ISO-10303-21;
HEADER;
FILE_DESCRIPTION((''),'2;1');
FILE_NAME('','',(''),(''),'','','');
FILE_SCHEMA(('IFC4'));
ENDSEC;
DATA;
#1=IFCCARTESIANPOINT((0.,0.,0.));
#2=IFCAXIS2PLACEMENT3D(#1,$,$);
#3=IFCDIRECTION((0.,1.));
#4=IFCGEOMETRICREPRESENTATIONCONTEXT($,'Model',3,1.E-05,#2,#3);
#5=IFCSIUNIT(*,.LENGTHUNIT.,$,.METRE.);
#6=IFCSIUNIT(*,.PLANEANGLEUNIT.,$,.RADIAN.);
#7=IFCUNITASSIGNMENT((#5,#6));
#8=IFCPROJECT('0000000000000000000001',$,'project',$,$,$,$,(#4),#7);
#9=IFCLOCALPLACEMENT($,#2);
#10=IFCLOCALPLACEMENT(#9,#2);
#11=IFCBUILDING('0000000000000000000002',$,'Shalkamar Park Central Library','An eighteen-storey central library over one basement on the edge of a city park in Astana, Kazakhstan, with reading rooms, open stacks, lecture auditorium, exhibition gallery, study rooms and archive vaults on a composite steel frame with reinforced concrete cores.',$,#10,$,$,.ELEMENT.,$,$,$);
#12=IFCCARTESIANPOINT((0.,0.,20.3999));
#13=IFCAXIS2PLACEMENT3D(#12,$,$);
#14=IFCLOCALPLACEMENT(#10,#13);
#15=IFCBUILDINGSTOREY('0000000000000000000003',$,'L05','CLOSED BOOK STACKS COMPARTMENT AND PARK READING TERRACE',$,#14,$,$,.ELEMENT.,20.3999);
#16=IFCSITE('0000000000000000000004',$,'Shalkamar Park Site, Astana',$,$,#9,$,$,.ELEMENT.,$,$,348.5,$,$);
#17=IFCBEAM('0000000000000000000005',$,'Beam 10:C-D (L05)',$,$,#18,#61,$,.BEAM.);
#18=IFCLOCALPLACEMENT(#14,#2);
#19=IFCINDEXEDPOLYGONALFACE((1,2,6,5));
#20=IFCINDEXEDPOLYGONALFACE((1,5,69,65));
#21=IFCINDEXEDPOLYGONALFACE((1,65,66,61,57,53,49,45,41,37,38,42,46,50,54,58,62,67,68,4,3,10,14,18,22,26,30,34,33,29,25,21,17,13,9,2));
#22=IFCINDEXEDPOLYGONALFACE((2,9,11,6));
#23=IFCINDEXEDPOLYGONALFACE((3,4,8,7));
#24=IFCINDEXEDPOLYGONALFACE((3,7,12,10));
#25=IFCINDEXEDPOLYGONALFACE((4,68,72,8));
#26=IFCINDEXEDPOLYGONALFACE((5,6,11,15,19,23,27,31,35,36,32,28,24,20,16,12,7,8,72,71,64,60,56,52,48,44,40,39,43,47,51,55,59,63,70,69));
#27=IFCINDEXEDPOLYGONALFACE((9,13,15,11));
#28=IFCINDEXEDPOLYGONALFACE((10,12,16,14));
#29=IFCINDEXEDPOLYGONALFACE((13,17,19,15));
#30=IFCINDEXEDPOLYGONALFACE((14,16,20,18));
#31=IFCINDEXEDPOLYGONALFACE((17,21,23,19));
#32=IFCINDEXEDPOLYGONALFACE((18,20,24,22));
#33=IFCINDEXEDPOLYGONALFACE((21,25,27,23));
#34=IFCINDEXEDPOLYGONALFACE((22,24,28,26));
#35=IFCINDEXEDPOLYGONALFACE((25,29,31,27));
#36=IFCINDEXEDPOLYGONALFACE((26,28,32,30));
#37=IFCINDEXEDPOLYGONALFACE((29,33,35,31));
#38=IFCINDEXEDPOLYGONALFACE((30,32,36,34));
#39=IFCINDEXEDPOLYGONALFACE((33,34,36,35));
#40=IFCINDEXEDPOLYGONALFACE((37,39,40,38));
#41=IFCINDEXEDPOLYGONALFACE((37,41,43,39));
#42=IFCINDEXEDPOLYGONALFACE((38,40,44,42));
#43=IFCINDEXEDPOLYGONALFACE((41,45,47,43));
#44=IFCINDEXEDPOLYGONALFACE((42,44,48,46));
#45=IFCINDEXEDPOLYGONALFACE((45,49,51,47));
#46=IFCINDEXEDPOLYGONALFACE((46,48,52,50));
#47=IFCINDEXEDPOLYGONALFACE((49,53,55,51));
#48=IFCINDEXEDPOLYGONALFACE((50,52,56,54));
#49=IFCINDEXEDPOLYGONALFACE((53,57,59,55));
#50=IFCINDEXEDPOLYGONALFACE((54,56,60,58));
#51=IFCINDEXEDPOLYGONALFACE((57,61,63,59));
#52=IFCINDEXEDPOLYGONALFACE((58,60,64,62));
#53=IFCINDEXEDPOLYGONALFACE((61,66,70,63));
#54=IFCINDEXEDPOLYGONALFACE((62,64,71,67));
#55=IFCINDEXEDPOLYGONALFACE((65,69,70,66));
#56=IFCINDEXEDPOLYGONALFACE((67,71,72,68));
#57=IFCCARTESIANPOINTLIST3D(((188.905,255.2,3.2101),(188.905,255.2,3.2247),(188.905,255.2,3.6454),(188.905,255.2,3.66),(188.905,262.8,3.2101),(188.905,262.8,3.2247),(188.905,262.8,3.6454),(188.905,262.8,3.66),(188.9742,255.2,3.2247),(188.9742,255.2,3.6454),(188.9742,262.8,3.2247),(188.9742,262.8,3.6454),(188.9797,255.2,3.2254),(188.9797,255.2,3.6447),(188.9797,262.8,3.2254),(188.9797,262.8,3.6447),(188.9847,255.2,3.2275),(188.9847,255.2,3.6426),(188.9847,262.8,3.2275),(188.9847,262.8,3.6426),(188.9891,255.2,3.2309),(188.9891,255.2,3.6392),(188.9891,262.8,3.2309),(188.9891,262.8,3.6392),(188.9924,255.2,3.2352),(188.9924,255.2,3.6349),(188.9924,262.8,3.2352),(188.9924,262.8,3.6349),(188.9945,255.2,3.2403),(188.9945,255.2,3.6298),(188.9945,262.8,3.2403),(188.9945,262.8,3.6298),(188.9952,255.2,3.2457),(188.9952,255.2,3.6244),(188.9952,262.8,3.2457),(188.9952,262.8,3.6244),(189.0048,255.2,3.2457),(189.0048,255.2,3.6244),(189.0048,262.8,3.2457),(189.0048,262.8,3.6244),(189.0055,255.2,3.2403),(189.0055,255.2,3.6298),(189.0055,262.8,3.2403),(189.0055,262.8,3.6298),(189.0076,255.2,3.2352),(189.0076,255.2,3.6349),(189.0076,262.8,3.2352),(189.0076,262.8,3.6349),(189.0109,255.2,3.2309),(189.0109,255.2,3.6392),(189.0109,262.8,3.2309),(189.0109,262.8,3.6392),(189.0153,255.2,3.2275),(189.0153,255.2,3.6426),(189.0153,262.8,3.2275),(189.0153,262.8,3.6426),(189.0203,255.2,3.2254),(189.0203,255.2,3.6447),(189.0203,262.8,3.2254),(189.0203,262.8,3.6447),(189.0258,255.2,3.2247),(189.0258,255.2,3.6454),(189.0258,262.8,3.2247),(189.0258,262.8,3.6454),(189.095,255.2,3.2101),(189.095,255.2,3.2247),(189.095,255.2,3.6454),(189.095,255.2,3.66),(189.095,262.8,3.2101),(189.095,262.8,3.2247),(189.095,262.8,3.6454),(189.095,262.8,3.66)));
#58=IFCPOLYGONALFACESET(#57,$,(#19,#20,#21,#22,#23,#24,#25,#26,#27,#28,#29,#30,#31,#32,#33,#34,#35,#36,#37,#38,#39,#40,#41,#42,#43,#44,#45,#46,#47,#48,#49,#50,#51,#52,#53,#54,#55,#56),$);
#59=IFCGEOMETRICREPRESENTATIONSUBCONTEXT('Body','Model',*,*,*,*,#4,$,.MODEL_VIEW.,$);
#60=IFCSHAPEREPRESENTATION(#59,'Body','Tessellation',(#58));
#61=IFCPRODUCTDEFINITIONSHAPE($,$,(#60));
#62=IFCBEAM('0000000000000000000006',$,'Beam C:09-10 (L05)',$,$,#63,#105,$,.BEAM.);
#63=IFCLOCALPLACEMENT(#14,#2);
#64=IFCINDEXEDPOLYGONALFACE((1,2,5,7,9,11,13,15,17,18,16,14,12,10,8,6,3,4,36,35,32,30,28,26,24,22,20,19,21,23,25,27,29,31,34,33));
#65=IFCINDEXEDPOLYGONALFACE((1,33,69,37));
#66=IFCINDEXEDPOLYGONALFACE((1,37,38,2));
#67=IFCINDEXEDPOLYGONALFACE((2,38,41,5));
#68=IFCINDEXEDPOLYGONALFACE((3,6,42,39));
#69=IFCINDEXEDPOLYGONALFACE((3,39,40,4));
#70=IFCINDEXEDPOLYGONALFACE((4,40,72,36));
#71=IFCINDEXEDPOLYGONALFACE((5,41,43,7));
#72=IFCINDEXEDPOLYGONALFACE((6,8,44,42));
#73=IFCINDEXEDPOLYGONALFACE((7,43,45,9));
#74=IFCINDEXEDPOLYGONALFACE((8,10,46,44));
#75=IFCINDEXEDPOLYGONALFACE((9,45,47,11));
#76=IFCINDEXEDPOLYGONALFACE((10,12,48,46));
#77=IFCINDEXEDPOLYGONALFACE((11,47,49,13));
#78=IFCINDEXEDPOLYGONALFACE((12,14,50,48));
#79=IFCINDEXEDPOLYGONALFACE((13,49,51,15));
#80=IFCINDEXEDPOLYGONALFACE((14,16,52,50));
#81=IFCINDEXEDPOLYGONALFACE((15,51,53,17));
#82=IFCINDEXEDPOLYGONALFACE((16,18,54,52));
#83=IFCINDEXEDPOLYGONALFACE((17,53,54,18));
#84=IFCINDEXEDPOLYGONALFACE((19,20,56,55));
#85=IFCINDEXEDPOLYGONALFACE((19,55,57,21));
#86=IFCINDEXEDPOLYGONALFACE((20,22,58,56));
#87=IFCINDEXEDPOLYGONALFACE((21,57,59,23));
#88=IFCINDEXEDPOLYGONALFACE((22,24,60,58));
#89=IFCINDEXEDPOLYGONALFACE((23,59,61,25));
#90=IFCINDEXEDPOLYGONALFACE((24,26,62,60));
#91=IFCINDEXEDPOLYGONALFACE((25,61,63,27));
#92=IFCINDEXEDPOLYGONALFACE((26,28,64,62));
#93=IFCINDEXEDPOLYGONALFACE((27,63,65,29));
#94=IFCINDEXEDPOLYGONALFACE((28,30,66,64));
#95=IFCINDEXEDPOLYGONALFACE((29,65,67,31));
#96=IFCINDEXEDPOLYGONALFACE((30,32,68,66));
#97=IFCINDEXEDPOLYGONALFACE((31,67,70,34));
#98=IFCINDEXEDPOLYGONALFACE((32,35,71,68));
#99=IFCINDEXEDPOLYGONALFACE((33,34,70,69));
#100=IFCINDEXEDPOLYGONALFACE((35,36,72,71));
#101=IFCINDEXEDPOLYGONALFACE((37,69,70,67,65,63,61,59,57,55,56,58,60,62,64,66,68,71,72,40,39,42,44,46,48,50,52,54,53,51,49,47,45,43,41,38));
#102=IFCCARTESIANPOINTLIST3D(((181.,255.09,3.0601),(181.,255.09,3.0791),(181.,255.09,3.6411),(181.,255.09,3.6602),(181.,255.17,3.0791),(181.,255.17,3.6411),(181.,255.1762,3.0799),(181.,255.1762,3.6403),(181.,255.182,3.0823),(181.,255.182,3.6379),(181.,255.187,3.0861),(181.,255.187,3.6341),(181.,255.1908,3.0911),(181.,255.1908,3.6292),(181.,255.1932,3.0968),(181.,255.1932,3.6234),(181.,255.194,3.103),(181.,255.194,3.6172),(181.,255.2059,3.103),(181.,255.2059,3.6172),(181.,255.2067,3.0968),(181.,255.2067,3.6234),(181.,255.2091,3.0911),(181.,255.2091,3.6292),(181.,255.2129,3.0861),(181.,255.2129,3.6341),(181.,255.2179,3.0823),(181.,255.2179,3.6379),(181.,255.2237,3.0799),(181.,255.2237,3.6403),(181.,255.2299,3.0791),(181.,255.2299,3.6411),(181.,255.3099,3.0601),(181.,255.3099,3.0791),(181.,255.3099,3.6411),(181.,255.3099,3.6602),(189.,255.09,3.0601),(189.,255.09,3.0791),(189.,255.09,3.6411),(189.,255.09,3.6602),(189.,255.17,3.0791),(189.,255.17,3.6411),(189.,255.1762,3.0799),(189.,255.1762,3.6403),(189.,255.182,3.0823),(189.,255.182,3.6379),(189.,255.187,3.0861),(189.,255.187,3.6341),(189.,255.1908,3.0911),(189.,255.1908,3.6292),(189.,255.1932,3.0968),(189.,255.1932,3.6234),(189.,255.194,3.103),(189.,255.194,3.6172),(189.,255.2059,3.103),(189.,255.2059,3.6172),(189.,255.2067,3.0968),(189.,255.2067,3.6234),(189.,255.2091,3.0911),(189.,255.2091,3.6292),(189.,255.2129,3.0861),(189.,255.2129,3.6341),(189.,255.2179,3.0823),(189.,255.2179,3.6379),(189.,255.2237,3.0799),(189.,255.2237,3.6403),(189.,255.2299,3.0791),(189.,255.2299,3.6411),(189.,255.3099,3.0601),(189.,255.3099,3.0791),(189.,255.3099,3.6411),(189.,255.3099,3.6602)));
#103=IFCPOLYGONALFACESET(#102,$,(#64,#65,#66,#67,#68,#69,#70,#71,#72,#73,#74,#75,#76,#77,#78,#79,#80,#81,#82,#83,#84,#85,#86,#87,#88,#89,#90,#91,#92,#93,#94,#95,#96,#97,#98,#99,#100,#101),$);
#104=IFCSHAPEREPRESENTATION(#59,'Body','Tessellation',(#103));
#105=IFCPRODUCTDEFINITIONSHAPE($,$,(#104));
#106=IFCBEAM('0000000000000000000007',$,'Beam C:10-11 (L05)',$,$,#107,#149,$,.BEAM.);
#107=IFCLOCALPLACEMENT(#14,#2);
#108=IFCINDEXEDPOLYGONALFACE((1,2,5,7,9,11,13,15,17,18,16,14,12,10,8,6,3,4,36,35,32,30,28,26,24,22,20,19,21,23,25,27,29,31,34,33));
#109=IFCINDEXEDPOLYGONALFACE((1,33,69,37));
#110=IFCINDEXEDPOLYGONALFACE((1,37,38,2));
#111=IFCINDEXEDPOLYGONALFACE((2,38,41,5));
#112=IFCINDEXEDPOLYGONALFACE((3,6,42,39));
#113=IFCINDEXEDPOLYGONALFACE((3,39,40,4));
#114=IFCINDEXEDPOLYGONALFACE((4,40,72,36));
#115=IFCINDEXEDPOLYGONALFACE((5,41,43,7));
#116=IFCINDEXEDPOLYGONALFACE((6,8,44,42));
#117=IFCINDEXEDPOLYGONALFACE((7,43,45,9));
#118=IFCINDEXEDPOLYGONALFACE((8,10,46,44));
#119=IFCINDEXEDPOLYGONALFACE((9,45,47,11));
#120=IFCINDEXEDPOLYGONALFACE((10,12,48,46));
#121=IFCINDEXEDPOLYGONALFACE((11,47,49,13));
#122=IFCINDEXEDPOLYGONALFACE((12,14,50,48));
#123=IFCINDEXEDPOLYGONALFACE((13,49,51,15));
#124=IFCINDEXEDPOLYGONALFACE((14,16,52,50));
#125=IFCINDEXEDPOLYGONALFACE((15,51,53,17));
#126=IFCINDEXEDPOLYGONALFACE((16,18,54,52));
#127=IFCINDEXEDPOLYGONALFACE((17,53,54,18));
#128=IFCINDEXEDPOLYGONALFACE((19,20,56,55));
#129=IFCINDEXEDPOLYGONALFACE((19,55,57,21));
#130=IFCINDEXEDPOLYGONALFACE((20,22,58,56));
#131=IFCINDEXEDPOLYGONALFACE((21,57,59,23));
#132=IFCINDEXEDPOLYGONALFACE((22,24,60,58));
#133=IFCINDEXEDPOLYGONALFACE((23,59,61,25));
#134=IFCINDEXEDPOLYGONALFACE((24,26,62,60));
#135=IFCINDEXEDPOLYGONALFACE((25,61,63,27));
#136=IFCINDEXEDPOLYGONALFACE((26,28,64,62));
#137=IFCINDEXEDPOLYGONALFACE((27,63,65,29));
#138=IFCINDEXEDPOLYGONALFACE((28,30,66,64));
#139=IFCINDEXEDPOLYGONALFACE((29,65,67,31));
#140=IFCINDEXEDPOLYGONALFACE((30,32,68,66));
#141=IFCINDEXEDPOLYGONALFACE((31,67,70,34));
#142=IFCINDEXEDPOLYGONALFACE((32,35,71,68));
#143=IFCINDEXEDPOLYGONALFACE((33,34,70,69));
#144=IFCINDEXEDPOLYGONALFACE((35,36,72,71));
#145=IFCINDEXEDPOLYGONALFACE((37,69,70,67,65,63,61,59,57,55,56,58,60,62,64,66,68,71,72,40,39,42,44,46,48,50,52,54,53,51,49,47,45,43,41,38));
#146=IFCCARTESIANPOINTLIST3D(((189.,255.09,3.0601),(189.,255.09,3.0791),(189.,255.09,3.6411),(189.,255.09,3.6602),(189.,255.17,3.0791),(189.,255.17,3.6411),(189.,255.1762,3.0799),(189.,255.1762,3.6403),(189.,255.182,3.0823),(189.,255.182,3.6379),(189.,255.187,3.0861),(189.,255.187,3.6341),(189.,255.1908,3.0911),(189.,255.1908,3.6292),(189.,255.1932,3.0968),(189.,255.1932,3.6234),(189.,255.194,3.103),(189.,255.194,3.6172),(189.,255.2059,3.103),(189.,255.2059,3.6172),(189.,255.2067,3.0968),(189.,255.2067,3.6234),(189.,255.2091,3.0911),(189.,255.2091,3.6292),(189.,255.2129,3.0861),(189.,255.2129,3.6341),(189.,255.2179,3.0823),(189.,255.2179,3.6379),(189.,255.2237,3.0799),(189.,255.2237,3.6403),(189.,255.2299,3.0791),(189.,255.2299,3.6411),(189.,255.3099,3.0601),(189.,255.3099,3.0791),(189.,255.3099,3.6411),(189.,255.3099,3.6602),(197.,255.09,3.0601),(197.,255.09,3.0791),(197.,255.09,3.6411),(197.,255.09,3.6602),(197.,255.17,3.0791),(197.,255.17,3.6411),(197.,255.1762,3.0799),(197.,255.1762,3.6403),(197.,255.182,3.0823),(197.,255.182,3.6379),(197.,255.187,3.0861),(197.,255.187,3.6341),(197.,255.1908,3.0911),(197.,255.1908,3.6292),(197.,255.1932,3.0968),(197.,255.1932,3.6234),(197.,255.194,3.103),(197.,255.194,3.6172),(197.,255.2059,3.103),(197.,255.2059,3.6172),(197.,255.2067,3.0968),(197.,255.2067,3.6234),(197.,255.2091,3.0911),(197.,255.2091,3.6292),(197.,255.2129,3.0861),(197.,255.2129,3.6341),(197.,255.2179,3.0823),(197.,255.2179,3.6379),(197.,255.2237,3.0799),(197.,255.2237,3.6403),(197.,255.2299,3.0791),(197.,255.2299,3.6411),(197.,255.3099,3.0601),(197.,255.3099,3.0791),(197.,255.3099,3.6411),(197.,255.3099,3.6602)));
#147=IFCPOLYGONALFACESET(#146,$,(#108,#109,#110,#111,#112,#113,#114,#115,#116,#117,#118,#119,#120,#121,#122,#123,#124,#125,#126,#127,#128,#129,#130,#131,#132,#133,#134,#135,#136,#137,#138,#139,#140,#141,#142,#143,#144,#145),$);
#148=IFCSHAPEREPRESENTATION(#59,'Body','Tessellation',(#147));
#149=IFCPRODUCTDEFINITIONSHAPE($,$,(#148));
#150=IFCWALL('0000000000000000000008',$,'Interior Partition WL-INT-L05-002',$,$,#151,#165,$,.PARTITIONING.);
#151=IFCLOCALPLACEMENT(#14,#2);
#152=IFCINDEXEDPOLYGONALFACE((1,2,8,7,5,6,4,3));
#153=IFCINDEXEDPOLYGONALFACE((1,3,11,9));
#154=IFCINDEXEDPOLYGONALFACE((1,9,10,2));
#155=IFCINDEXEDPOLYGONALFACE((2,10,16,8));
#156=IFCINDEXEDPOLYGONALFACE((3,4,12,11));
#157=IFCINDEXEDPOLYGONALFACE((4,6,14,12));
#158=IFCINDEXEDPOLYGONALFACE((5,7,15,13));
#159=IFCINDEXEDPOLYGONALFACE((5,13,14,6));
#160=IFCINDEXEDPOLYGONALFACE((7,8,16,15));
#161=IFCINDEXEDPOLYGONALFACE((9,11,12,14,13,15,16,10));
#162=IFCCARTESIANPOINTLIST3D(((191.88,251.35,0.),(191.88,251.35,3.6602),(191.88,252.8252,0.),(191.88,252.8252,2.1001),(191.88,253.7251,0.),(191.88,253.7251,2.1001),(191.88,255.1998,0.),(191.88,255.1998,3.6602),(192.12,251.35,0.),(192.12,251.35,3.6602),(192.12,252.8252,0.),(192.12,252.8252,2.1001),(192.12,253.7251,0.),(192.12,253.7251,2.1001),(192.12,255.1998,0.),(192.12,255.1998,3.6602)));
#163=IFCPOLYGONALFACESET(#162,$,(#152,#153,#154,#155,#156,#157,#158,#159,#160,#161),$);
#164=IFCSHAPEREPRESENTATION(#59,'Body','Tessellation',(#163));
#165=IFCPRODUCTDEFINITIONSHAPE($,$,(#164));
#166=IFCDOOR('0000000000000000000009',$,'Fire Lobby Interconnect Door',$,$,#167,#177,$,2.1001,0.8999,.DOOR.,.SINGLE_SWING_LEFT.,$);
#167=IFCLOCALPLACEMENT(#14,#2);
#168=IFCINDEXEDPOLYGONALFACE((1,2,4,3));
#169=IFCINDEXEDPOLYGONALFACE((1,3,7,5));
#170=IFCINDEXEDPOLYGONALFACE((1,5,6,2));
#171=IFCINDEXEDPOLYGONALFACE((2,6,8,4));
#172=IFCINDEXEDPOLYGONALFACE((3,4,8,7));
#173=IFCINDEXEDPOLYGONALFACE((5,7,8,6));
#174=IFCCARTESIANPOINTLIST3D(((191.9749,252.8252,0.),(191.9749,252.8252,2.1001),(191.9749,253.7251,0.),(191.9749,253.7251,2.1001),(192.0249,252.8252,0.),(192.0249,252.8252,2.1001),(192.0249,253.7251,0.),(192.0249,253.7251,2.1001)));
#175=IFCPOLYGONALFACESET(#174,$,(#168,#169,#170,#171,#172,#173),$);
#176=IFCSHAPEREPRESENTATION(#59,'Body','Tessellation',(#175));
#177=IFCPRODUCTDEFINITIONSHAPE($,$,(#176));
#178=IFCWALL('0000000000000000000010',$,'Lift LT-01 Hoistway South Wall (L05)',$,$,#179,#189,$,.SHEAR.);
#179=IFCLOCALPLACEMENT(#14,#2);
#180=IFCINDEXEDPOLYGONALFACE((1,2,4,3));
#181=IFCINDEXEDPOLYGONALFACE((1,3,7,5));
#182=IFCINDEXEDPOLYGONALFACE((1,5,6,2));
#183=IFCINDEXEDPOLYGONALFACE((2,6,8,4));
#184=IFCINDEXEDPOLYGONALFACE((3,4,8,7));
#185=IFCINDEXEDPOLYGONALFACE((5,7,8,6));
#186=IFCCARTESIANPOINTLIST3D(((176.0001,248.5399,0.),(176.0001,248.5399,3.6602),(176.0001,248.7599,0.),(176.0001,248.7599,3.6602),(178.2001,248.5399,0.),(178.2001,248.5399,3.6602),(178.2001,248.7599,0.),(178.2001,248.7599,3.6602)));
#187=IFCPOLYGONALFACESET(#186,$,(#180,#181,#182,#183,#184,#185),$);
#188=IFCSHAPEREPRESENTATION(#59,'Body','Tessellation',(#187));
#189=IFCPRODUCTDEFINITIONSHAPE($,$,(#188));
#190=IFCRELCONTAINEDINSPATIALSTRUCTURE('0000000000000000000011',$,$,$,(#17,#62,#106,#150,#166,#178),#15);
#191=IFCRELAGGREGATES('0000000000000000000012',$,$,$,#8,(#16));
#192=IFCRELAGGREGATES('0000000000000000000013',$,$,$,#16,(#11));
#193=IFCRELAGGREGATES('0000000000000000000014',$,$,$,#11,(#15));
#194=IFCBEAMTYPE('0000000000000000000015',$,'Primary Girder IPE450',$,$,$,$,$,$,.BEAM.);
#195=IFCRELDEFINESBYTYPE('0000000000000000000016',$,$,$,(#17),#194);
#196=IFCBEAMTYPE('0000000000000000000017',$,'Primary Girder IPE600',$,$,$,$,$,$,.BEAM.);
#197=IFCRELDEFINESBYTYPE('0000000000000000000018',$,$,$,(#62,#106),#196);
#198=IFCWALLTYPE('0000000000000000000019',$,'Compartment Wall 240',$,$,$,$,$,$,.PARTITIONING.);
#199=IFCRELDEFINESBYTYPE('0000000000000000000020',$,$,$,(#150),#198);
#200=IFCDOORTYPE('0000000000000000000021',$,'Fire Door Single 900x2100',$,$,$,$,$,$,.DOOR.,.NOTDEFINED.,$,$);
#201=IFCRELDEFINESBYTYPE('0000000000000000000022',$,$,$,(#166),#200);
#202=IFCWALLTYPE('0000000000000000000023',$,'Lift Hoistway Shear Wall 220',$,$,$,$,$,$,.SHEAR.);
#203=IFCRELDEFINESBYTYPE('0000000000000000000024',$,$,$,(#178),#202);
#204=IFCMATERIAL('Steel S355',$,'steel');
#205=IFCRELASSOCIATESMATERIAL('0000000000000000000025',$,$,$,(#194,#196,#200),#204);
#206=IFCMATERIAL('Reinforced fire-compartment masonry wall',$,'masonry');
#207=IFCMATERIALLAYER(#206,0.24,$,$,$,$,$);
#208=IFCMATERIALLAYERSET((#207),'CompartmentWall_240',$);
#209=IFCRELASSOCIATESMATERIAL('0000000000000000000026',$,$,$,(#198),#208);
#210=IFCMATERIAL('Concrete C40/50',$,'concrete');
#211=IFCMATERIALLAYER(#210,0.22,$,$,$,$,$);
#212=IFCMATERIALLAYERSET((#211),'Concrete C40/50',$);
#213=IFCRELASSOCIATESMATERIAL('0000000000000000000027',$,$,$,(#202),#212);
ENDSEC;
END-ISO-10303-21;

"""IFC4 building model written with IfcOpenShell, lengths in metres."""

from ifc_helpers import new_model, si_unit, direction, frame, frame_2d, origin, origin_2d, place, context, subcontext, project, spatial, rectangle, i_section, extrude, material, layer, layer_set, material_profile, profile_set, type_object, element, fill, save


model = new_model("IFC4")

# Units and contexts
model_context = context("Model", 3, precision=1e-05, world=origin(), true_north=direction((0.0, 1.0)))
body_context = subcontext(model_context, "Body", "Model", "MODEL_VIEW")
ifc_project = project(units=[si_unit("LENGTHUNIT", "METRE"), si_unit("PLANEANGLEUNIT", "RADIAN")], contexts=[model_context])

# Site, building, storey
site_placement = place(None, origin())
site = spatial("IfcSite", under=ifc_project, at=site_placement, Name="Shalkamar Park Site, Astana", CompositionType="ELEMENT", RefElevation=348.5)
building_placement = place(site_placement, origin())
building = spatial("IfcBuilding", under=site, at=building_placement, Name="Shalkamar Park Central Library", Description="An eighteen-storey central library over one basement on the edge of a city park in Astana, Kazakhstan, with reading rooms, open stacks, lecture auditorium, exhibition gallery, study rooms and archive vaults on a composite steel frame with reinforced concrete cores.", CompositionType="ELEMENT")
storey_placement = place(building_placement, frame((0.0, 0.0, 20.3999)))
storey = spatial("IfcBuildingStorey", under=building, at=storey_placement, Name="L05", Description="CLOSED BOOK STACKS COMPARTMENT AND PARK READING TERRACE", CompositionType="ELEMENT", Elevation=20.3999)

# Shared definitions
ifc_material_1 = material(Name="Steel S355", Category="steel")

# Beams
ifc_material_profile_1 = material_profile(ifc_material_1, i_section(OverallWidth=0.1899, OverallDepth=0.45, WebThickness=0.0095, FlangeThickness=0.0146, FilletRadius=0.021, at=origin_2d()), Name="IPE 450")
ifc_profile_set_1 = profile_set([ifc_material_profile_1], Name="Steel S355")
beam_type_1 = type_object("IfcBeamType", Name="Primary Girder IPE450", PredefinedType="BEAM", material=ifc_profile_set_1)
for number, where, z_axis, x_axis, name in (
    (1, (189.0, 255.2, 3.4351), (0.0, 1.0, 0.0), (-1.0, 0.0, 0.0), "Beam 10:C-D (L05)"),
):
    element("IfcBeam", number, at=place(storey_placement, frame(where, z_axis=z_axis, x_axis=x_axis)), inside=storey, type_object=beam_type_1, Name=name, PredefinedType="BEAM", context=body_context, shape_type="SweptSolid", body=[
        extrude(i_section(OverallWidth=0.1899, OverallDepth=0.45, WebThickness=0.0095, FlangeThickness=0.0146, FilletRadius=0.021, at=origin_2d()), origin(), (0.0, 0.0, 1.0), 7.6001),
    ])
ifc_material_profile_2 = material_profile(ifc_material_1, i_section(OverallWidth=0.22, OverallDepth=0.6001, WebThickness=0.012, FlangeThickness=0.019, FilletRadius=0.0239, at=origin_2d()), Name="IPE 600")
ifc_profile_set_2 = profile_set([ifc_material_profile_2], Name="Steel S355")
beam_type_2 = type_object("IfcBeamType", Name="Primary Girder IPE600", PredefinedType="BEAM", material=ifc_profile_set_2)
for number, where, z_axis, x_axis, name in (
    (2, (181.0, 255.2, 3.3601), (1.0, 0.0, 0.0), (0.0, 1.0, 0.0), "Beam C:09-10 (L05)"),
    (3, (189.0, 255.2, 3.3601), (1.0, 0.0, 0.0), (0.0, 1.0, 0.0), "Beam C:10-11 (L05)"),
):
    element("IfcBeam", number, at=place(storey_placement, frame(where, z_axis=z_axis, x_axis=x_axis)), inside=storey, type_object=beam_type_2, Name=name, PredefinedType="BEAM", context=body_context, shape_type="SweptSolid", body=[
        extrude(i_section(OverallWidth=0.22, OverallDepth=0.6001, WebThickness=0.012, FlangeThickness=0.019, FilletRadius=0.0239, at=origin_2d()), origin(), (0.0, 0.0, 1.0), 8.0),
    ])

# Wall, opening, door
ifc_material_2 = material(Name="Reinforced fire-compartment masonry wall", Category="masonry")
ifc_layer_1 = layer(ifc_material_2, 0.24)
ifc_layer_set_1 = layer_set([ifc_layer_1], Name="CompartmentWall_240")
wall_type_1 = type_object("IfcWallType", Name="Compartment Wall 240", PredefinedType="PARTITIONING", material=ifc_layer_set_1)
wall_1_placement = place(storey_placement, frame((192.0, 251.3501, 0.0), z_axis=(0.0, 0.0, 1.0), x_axis=(0.0, 1.0, 0.0)))
wall_1 = element("IfcWall", 4, at=wall_1_placement, inside=storey, type_object=wall_type_1, Name="Interior Partition WL-INT-L05-002", PredefinedType="PARTITIONING", context=body_context, shape_type="SweptSolid", body=[
    extrude(rectangle(XDim=3.8499, YDim=0.24, at=frame_2d((1.9248, 0.0))), origin(), (0.0, 0.0, 1.0), 3.6602),
])
opening_1_placement = place(wall_1_placement, frame((1.4751, 0.0, 0.0)))
opening_1 = element("IfcOpeningElement", 5, at=opening_1_placement, cuts=wall_1, PredefinedType="OPENING", context=body_context, shape_type="SweptSolid", body=[
    extrude(rectangle(XDim=0.8999, YDim=2.1001, at=frame_2d((0.45, 1.05))), frame((0.0, 0.1348, 0.0), z_axis=(0.0, -1.0, 0.0), x_axis=(1.0, 0.0, 0.0)), (0.0, 0.0, 1.0), 0.2698),
])
door_type_1 = type_object("IfcDoorType", Name="Fire Door Single 900x2100", OperationType="NOTDEFINED", PredefinedType="DOOR", material=ifc_material_1)
door_1_placement = place(opening_1_placement, frame((0.8999, 0.0, 0.0), z_axis=(0.0, 0.0, 1.0), x_axis=(-1.0, 0.0, 0.0)))
door_1 = element("IfcDoor", 6, at=door_1_placement, inside=storey, type_object=door_type_1, Name="Fire Lobby Interconnect Door", OperationType="SINGLE_SWING_LEFT", OverallHeight=2.1001, OverallWidth=0.8999, PredefinedType="DOOR", context=body_context, shape_type="SweptSolid", body=[
    extrude(rectangle(XDim=0.8999, YDim=2.1001, at=frame_2d((0.45, 1.05))), frame((0.0, 0.0249, 0.0), z_axis=(0.0, -1.0, 0.0), x_axis=(1.0, 0.0, 0.0)), (0.0, 0.0, 1.0), 0.05),
])
fill(opening_1, door_1)

# Wall
ifc_material_3 = material(Name="Concrete C40/50", Category="concrete")
ifc_layer_2 = layer(ifc_material_3, 0.22)
ifc_layer_set_2 = layer_set([ifc_layer_2], Name="Concrete C40/50")
wall_type_2 = type_object("IfcWallType", Name="Lift Hoistway Shear Wall 220", PredefinedType="SHEAR", material=ifc_layer_set_2)
wall_2_placement = place(storey_placement, frame((176.0, 248.6499, 0.0), z_axis=(0.0, 0.0, 1.0), x_axis=(1.0, 0.0, 0.0)))
element("IfcWall", 7, at=wall_2_placement, inside=storey, type_object=wall_type_2, Name="Lift LT-01 Hoistway South Wall (L05)", PredefinedType="SHEAR", context=body_context, shape_type="SweptSolid", body=[
    extrude(rectangle(XDim=2.2, YDim=0.22, at=frame_2d((1.1001, 0.0))), origin(), (0.0, 0.0, 1.0), 3.6602),
])

save(model, "model.ifc")
